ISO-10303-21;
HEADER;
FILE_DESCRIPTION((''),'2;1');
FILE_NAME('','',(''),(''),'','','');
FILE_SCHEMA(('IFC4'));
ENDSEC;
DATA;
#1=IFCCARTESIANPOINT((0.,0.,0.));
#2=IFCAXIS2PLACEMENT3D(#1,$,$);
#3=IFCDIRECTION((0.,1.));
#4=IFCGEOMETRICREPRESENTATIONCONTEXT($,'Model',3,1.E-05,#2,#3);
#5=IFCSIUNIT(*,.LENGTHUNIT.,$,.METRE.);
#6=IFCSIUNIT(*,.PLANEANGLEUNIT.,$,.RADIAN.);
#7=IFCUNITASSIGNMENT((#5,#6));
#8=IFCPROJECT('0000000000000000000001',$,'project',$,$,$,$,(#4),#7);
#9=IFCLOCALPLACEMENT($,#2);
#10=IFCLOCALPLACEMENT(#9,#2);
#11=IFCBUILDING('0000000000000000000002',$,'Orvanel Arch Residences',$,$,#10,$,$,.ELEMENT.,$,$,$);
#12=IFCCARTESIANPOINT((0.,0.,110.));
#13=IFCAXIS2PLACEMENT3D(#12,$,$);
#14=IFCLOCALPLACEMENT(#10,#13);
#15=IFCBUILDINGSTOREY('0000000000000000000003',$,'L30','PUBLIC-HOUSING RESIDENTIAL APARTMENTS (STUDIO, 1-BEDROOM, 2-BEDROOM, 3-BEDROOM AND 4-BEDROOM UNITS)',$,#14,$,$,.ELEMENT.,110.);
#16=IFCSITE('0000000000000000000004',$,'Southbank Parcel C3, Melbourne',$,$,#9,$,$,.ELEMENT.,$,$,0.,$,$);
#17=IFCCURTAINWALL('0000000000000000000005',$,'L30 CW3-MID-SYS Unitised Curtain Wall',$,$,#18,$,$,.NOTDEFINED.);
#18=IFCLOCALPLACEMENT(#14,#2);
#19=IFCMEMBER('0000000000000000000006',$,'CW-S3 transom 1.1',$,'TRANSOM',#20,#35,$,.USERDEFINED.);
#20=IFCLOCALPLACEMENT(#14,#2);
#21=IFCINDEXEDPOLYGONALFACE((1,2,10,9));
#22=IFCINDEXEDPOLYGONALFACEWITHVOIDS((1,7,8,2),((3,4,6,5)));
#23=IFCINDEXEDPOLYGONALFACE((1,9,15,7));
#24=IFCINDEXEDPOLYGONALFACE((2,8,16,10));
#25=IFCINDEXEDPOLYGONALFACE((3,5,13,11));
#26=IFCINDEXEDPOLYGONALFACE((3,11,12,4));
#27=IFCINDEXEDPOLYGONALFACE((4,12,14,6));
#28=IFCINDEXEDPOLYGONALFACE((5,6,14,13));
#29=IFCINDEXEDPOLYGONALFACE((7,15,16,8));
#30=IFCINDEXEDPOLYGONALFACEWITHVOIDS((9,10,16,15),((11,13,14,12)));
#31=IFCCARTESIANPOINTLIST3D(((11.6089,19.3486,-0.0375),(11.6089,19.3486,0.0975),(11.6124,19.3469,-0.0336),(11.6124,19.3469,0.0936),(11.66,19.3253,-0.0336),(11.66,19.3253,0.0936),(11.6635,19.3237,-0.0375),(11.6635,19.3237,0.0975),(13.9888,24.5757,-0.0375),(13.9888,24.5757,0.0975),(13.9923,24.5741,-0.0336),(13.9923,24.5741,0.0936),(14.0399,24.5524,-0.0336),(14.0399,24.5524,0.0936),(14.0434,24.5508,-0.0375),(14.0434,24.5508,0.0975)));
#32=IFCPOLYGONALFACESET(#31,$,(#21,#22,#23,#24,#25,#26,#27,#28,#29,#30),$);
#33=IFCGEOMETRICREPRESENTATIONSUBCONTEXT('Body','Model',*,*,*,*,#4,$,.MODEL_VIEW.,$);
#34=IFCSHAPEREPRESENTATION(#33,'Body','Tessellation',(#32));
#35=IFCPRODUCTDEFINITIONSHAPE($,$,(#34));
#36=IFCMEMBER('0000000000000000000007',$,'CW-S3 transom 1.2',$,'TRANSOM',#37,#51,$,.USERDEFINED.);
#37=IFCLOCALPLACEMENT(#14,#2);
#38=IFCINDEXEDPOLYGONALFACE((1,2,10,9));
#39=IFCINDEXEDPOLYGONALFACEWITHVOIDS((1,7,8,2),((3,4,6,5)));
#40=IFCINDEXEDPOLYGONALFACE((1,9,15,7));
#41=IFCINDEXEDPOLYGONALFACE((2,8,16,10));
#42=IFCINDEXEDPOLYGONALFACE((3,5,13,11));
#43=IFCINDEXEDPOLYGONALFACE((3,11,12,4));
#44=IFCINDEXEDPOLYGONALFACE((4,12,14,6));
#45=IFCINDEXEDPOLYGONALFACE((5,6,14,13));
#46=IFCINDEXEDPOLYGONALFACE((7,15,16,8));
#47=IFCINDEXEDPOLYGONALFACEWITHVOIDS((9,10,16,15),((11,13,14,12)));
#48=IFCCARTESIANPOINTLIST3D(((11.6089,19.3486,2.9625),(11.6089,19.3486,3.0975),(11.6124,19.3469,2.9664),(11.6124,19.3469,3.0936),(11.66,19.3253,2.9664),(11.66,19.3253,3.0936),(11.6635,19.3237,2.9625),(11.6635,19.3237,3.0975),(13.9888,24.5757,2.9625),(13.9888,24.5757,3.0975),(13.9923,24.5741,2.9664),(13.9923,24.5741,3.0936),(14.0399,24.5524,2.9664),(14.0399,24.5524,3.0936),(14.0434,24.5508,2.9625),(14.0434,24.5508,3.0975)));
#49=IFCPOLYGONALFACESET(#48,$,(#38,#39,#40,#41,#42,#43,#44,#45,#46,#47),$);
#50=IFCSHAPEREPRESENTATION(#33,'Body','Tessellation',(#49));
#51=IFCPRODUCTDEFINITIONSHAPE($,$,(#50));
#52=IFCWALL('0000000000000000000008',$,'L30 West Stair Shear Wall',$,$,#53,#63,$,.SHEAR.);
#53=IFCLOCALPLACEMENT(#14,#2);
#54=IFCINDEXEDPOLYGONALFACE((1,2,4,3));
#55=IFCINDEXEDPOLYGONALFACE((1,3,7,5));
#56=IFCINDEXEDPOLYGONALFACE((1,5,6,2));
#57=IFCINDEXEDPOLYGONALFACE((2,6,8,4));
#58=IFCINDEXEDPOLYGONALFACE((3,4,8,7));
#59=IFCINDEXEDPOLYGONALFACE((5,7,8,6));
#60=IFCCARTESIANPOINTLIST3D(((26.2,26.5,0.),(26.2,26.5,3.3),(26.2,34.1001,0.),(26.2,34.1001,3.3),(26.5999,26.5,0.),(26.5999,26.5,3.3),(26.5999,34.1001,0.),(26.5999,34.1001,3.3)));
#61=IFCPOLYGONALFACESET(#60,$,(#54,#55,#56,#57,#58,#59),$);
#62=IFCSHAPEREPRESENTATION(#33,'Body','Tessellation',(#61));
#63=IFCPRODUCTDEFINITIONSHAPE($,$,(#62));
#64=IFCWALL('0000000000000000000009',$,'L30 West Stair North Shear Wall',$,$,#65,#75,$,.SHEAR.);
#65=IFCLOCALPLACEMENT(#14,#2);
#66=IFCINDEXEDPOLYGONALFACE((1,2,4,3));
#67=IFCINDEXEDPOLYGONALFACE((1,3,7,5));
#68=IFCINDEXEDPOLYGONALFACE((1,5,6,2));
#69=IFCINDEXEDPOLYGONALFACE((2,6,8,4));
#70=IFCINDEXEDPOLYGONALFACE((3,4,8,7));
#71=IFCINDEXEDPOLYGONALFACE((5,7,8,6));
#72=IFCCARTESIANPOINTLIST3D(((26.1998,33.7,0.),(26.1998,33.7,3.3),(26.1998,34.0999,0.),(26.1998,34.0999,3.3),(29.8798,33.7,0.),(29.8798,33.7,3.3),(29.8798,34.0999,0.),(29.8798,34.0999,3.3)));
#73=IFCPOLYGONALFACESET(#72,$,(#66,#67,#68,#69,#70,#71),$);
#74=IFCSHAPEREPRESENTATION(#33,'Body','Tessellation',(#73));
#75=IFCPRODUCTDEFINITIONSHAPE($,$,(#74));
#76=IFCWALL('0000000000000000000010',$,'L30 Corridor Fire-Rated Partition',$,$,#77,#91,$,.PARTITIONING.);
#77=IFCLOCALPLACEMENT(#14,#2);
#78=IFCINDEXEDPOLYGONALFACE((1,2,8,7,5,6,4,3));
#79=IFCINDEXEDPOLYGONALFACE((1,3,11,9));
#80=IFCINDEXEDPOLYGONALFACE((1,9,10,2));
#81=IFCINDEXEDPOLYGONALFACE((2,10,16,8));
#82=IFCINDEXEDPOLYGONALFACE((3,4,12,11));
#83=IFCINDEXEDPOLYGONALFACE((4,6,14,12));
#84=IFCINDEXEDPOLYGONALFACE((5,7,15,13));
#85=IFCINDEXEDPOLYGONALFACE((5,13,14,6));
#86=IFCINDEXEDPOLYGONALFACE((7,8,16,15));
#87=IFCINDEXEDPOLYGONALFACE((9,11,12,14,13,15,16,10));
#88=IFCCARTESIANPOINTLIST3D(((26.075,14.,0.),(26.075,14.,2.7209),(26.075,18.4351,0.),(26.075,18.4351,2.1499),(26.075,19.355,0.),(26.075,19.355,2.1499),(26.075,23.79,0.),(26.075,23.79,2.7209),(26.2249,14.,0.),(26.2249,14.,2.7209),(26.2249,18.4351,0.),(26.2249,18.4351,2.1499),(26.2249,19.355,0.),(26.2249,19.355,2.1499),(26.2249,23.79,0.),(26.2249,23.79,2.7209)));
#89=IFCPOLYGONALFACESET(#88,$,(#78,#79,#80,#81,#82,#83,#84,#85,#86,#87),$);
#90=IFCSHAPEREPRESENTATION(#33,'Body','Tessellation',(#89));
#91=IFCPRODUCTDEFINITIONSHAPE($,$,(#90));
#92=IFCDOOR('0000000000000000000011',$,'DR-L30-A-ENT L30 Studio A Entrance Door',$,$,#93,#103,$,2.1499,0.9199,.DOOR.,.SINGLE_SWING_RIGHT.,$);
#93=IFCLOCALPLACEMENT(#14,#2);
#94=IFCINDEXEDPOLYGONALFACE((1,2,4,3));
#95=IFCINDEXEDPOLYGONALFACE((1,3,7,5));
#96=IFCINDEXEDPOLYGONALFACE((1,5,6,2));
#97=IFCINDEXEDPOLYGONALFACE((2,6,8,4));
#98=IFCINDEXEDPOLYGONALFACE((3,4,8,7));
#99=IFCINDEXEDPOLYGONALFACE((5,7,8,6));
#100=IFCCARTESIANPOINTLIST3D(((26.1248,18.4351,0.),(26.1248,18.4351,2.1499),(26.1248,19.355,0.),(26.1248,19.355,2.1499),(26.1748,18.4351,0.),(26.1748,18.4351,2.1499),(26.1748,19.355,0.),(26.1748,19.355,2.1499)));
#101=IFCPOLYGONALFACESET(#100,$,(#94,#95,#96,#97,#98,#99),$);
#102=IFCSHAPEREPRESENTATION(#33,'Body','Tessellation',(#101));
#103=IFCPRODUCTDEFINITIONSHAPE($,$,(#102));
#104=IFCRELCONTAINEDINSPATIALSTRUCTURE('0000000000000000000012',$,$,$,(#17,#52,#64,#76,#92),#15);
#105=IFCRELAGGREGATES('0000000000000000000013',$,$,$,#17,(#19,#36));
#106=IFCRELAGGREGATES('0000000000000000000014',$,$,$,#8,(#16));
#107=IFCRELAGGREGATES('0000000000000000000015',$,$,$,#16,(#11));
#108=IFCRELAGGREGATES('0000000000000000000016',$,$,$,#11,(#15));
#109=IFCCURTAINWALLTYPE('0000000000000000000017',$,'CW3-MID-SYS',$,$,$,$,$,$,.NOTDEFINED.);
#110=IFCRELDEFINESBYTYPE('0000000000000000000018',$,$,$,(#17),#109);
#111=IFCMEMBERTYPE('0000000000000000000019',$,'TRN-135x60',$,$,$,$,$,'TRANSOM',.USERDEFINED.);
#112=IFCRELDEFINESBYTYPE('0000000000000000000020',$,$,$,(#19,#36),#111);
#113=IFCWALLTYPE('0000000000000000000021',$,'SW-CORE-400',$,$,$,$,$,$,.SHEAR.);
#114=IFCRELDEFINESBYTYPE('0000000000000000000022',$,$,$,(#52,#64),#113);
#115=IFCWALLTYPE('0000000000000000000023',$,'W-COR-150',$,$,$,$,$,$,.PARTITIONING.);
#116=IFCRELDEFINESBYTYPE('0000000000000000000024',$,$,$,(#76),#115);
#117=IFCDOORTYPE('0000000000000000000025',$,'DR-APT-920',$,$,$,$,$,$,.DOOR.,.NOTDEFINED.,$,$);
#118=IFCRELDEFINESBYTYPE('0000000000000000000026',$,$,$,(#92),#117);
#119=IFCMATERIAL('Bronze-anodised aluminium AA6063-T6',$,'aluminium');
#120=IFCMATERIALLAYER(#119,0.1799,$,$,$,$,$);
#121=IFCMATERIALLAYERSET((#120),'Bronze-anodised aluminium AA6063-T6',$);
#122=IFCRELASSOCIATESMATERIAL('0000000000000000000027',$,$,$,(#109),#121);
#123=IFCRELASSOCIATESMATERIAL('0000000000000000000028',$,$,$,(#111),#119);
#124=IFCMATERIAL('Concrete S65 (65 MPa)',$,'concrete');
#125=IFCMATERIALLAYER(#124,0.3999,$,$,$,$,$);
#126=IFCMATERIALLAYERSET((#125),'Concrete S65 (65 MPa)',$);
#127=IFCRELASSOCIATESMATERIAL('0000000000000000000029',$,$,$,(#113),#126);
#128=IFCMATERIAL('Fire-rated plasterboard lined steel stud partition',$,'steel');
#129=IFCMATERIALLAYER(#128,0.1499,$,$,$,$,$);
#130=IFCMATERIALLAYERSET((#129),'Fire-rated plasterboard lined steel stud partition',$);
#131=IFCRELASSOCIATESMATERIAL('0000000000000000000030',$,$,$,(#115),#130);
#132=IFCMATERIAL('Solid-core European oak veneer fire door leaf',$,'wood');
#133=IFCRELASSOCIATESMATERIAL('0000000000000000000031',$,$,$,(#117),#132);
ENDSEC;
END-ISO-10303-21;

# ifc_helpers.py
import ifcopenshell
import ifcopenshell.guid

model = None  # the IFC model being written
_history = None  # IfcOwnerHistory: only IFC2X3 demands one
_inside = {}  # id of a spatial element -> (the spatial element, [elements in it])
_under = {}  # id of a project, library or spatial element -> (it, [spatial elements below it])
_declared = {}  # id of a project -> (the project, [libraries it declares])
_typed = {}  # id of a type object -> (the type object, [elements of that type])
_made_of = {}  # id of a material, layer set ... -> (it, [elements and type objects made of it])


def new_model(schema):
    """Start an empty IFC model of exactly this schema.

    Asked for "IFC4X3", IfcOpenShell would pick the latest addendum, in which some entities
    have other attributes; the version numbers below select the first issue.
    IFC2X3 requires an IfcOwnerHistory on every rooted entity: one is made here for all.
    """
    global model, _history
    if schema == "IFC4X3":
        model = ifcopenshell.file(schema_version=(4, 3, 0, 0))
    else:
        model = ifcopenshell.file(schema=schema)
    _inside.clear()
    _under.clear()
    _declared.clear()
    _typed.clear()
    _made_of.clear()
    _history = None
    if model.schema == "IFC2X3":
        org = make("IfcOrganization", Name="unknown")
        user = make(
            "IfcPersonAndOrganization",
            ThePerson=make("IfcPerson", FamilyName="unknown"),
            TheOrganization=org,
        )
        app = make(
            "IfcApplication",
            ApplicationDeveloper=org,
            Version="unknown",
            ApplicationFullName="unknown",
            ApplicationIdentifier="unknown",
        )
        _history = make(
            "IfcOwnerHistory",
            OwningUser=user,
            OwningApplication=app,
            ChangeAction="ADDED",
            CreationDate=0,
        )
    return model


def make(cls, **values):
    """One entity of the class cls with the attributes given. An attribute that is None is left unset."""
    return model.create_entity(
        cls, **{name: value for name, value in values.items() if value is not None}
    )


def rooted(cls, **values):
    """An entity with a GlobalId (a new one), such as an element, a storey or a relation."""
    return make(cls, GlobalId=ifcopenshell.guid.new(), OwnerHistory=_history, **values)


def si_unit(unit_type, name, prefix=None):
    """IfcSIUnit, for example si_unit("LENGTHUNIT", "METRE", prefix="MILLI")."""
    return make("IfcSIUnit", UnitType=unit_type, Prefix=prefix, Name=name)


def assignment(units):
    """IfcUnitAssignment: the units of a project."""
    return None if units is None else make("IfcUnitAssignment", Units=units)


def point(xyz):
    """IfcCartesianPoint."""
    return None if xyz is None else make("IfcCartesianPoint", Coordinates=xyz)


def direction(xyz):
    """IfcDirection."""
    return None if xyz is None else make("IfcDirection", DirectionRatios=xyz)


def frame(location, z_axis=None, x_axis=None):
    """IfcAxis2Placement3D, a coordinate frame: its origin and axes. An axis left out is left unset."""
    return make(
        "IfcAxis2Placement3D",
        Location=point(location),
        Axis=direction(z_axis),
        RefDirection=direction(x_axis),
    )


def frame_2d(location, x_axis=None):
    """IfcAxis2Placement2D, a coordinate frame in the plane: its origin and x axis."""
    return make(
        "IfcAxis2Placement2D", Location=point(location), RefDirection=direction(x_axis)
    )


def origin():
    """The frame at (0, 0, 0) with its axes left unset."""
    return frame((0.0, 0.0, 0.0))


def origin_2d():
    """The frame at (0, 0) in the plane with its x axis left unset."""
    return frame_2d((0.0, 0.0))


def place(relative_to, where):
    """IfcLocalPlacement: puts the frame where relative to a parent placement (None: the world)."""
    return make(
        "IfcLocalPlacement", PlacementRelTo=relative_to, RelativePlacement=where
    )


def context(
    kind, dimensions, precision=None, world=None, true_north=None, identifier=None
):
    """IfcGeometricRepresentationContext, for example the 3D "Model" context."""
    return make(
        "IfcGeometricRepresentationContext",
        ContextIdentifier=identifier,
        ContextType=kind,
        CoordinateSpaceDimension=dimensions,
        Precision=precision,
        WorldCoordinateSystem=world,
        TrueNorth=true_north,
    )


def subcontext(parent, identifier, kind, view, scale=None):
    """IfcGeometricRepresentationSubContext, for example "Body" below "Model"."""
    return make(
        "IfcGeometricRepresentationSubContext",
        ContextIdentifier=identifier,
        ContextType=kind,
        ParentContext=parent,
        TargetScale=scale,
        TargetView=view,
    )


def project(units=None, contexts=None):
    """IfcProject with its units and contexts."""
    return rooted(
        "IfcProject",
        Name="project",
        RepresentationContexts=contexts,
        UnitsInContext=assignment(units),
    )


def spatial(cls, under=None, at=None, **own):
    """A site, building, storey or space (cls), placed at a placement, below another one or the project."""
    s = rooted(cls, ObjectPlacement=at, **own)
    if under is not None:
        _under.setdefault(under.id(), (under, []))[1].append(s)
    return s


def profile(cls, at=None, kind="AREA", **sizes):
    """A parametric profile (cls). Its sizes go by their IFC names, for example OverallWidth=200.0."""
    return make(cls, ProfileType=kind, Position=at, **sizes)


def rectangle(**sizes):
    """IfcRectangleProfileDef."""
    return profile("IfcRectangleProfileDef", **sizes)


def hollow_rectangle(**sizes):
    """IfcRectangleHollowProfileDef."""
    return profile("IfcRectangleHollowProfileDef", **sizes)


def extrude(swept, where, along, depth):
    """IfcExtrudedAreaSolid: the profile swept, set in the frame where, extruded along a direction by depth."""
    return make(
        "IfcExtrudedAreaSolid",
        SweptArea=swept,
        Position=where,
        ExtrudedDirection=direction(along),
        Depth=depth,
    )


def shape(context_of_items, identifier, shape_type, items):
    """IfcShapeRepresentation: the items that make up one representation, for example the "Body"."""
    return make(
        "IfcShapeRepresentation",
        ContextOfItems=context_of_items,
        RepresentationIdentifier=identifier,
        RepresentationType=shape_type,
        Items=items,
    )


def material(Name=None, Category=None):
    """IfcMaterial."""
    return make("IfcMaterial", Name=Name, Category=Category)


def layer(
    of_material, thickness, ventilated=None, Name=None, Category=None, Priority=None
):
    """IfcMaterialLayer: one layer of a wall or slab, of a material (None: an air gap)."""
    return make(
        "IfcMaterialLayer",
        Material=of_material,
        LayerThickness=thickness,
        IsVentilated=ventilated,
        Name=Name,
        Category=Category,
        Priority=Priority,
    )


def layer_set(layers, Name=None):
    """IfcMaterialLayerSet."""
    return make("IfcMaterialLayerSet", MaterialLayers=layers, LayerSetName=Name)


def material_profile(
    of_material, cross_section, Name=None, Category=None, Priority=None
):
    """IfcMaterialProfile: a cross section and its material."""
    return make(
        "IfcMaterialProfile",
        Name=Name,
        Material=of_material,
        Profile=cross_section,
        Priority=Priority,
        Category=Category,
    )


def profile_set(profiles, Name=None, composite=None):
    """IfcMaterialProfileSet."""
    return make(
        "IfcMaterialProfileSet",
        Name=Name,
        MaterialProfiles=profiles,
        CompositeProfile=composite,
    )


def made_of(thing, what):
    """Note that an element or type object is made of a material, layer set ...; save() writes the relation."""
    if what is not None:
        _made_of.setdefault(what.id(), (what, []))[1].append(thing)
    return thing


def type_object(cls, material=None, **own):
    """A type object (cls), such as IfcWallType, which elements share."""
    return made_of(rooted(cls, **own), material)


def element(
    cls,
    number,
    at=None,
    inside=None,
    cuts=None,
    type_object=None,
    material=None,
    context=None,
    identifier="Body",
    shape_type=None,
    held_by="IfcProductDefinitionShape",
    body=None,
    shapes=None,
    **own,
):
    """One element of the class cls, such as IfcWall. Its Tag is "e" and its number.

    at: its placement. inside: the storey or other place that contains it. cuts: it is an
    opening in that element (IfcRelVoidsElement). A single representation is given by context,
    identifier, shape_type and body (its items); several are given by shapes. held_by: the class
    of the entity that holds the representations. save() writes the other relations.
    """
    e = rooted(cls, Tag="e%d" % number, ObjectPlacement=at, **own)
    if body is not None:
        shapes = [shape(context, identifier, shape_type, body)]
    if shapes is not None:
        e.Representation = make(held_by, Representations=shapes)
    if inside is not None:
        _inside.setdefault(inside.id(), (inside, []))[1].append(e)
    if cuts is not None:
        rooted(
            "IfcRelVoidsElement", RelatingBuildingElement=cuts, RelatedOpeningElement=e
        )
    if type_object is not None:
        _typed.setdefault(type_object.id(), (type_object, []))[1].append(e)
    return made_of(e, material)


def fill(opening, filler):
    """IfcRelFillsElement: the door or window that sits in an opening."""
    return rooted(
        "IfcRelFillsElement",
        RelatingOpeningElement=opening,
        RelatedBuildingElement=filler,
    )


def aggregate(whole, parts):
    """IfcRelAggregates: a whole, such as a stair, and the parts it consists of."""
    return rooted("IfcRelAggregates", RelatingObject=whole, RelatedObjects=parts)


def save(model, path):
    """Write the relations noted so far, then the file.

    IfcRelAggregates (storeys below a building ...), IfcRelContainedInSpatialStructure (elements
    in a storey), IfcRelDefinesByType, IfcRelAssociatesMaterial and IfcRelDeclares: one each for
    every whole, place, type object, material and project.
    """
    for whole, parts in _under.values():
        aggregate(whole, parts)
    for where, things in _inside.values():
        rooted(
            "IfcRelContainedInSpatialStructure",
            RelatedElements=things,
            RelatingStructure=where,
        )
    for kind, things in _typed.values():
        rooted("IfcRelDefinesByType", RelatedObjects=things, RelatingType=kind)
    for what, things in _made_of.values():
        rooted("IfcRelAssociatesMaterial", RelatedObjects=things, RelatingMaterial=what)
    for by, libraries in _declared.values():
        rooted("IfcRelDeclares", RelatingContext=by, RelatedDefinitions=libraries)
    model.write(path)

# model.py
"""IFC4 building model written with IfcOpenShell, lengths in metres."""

from ifc_helpers import new_model, si_unit, direction, frame, frame_2d, origin, origin_2d, place, context, subcontext, project, spatial, rectangle, hollow_rectangle, extrude, material, layer, layer_set, material_profile, profile_set, type_object, element, fill, aggregate, save


model = new_model("IFC4")

# Units and contexts
model_context = context("Model", 3, precision=1e-05, world=origin(), true_north=direction((0.0, 1.0)))
body_context = subcontext(model_context, "Body", "Model", "MODEL_VIEW")
ifc_project = project(units=[si_unit("LENGTHUNIT", "METRE"), si_unit("PLANEANGLEUNIT", "RADIAN")], contexts=[model_context])

# Site, building, storey
site_placement = place(None, origin())
site = spatial("IfcSite", under=ifc_project, at=site_placement, Name="Southbank Parcel C3, Melbourne", CompositionType="ELEMENT", RefElevation=0.0)
building_placement = place(site_placement, origin())
building = spatial("IfcBuilding", under=site, at=building_placement, Name="Orvanel Arch Residences", CompositionType="ELEMENT")
storey_placement = place(building_placement, frame((0.0, 0.0, 110.0)))
storey = spatial("IfcBuildingStorey", under=building, at=storey_placement, Name="L30", Description="PUBLIC-HOUSING RESIDENTIAL APARTMENTS (STUDIO, 1-BEDROOM, 2-BEDROOM, 3-BEDROOM AND 4-BEDROOM UNITS)", CompositionType="ELEMENT", Elevation=110.0)

# Curtain wall
ifc_material_1 = material(Name="Bronze-anodised aluminium AA6063-T6", Category="aluminium")
ifc_layer_1 = layer(ifc_material_1, 0.1799)
ifc_layer_set_1 = layer_set([ifc_layer_1], Name="Bronze-anodised aluminium AA6063-T6")
curtain_wall_type = type_object("IfcCurtainWallType", Name="CW3-MID-SYS", PredefinedType="NOTDEFINED", material=ifc_layer_set_1)
curtain_wall_placement = place(storey_placement, origin())
curtain_wall = element("IfcCurtainWall", 1, at=curtain_wall_placement, inside=storey, type_object=curtain_wall_type, Name="L30 CW3-MID-SYS Unitised Curtain Wall", PredefinedType="NOTDEFINED")

# Members
ifc_material_profile_1 = material_profile(ifc_material_1, hollow_rectangle(XDim=0.0601, YDim=0.135, WallThickness=0.0039, at=origin_2d()), Name="ALU135x60x4")
ifc_profile_set_1 = profile_set([ifc_material_profile_1], Name="Bronze-anodised aluminium AA6063-T6")
member_type_1 = type_object("IfcMemberType", Name="TRN-135x60", ElementType="TRANSOM", PredefinedType="USERDEFINED", material=ifc_profile_set_1)
member_1_placement = place(storey_placement, frame((14.0161, 24.5632, 0.03), z_axis=(-0.414373, -0.910107, 0.0), x_axis=(0.910107, -0.414373, 0.0)))
member_1 = element("IfcMember", 2, at=member_1_placement, type_object=member_type_1, Name="CW-S3 transom 1.1", ObjectType="TRANSOM", PredefinedType="USERDEFINED", context=body_context, shape_type="SweptSolid", body=[
    extrude(hollow_rectangle(XDim=0.0601, YDim=0.135, WallThickness=0.0039, at=origin_2d()), origin(), (0.0, 0.0, 1.0), 5.7434),
])
member_2_placement = place(storey_placement, frame((14.0161, 24.5632, 3.03), z_axis=(-0.414373, -0.910107, 0.0), x_axis=(0.910107, -0.414373, 0.0)))
member_2 = element("IfcMember", 3, at=member_2_placement, type_object=member_type_1, Name="CW-S3 transom 1.2", ObjectType="TRANSOM", PredefinedType="USERDEFINED", context=body_context, shape_type="SweptSolid", body=[
    extrude(hollow_rectangle(XDim=0.0601, YDim=0.135, WallThickness=0.0039, at=origin_2d()), origin(), (0.0, 0.0, 1.0), 5.7434),
])
aggregate(curtain_wall, [member_1, member_2])

# Shared definitions
ifc_material_2 = material(Name="Concrete S65 (65 MPa)", Category="concrete")
ifc_layer_2 = layer(ifc_material_2, 0.3999)
ifc_layer_set_2 = layer_set([ifc_layer_2], Name="Concrete S65 (65 MPa)")
wall_type_1 = type_object("IfcWallType", Name="SW-CORE-400", PredefinedType="SHEAR", material=ifc_layer_set_2)

# Walls
wall_1_placement = place(storey_placement, frame((26.3999, 26.5, 0.0), z_axis=(0.0, 0.0, 1.0), x_axis=(0.0, 1.0, 0.0)))
element("IfcWall", 4, at=wall_1_placement, inside=storey, type_object=wall_type_1, Name="L30 West Stair Shear Wall", PredefinedType="SHEAR", context=body_context, shape_type="SweptSolid", body=[
    extrude(rectangle(XDim=7.6001, YDim=0.3999, at=frame_2d((3.8, 0.0))), origin(), (0.0, 0.0, 1.0), 3.3),
])
wall_2_placement = place(storey_placement, frame((26.2, 33.8999, 0.0), z_axis=(0.0, 0.0, 1.0), x_axis=(1.0, 0.0, 0.0)))
element("IfcWall", 5, at=wall_2_placement, inside=storey, type_object=wall_type_1, Name="L30 West Stair North Shear Wall", PredefinedType="SHEAR", context=body_context, shape_type="SweptSolid", body=[
    extrude(rectangle(XDim=3.6799, YDim=0.3999, at=frame_2d((1.8398, 0.0))), origin(), (0.0, 0.0, 1.0), 3.3),
])

# Wall, opening, door
ifc_material_3 = material(Name="Fire-rated plasterboard lined steel stud partition", Category="steel")
ifc_layer_3 = layer(ifc_material_3, 0.1499)
ifc_layer_set_3 = layer_set([ifc_layer_3], Name="Fire-rated plasterboard lined steel stud partition")
wall_type_2 = type_object("IfcWallType", Name="W-COR-150", PredefinedType="PARTITIONING", material=ifc_layer_set_3)
wall_3_placement = place(storey_placement, frame((26.1499, 23.79, 0.0), z_axis=(0.0, 0.0, 1.0), x_axis=(0.0, -1.0, 0.0)))
wall_3 = element("IfcWall", 6, at=wall_3_placement, inside=storey, type_object=wall_type_2, Name="L30 Corridor Fire-Rated Partition", PredefinedType="PARTITIONING", context=body_context, shape_type="SweptSolid", body=[
    extrude(rectangle(XDim=9.79, YDim=0.1499, at=frame_2d((4.895, 0.0))), origin(), (0.0, 0.0, 1.0), 2.7209),
])
opening_1_placement = place(wall_3_placement, frame((4.4351, 0.0, 0.0)))
opening_1 = element("IfcOpeningElement", 7, at=opening_1_placement, cuts=wall_3, PredefinedType="OPENING", context=body_context, shape_type="SweptSolid", body=[
    extrude(rectangle(XDim=0.9199, YDim=2.1499, at=frame_2d((0.46, 1.075))), frame((0.0, 0.085, 0.0), z_axis=(0.0, -1.0, 0.0), x_axis=(1.0, 0.0, 0.0)), (0.0, 0.0, 1.0), 0.1699),
])
ifc_material_4 = material(Name="Solid-core European oak veneer fire door leaf", Category="wood")
door_type_1 = type_object("IfcDoorType", Name="DR-APT-920", OperationType="NOTDEFINED", PredefinedType="DOOR", material=ifc_material_4)
door_1_placement = place(opening_1_placement, origin())
door_1 = element("IfcDoor", 8, at=door_1_placement, inside=storey, type_object=door_type_1, Name="DR-L30-A-ENT L30 Studio A Entrance Door", OperationType="SINGLE_SWING_RIGHT", OverallHeight=2.1499, OverallWidth=0.9199, PredefinedType="DOOR", context=body_context, shape_type="SweptSolid", body=[
    extrude(rectangle(XDim=0.9199, YDim=2.1499, at=frame_2d((0.46, 1.075))), frame((0.0, 0.0249, 0.0), z_axis=(0.0, -1.0, 0.0), x_axis=(1.0, 0.0, 0.0)), (0.0, 0.0, 1.0), 0.05),
])
fill(opening_1, door_1)

save(model, "model.ifc")
